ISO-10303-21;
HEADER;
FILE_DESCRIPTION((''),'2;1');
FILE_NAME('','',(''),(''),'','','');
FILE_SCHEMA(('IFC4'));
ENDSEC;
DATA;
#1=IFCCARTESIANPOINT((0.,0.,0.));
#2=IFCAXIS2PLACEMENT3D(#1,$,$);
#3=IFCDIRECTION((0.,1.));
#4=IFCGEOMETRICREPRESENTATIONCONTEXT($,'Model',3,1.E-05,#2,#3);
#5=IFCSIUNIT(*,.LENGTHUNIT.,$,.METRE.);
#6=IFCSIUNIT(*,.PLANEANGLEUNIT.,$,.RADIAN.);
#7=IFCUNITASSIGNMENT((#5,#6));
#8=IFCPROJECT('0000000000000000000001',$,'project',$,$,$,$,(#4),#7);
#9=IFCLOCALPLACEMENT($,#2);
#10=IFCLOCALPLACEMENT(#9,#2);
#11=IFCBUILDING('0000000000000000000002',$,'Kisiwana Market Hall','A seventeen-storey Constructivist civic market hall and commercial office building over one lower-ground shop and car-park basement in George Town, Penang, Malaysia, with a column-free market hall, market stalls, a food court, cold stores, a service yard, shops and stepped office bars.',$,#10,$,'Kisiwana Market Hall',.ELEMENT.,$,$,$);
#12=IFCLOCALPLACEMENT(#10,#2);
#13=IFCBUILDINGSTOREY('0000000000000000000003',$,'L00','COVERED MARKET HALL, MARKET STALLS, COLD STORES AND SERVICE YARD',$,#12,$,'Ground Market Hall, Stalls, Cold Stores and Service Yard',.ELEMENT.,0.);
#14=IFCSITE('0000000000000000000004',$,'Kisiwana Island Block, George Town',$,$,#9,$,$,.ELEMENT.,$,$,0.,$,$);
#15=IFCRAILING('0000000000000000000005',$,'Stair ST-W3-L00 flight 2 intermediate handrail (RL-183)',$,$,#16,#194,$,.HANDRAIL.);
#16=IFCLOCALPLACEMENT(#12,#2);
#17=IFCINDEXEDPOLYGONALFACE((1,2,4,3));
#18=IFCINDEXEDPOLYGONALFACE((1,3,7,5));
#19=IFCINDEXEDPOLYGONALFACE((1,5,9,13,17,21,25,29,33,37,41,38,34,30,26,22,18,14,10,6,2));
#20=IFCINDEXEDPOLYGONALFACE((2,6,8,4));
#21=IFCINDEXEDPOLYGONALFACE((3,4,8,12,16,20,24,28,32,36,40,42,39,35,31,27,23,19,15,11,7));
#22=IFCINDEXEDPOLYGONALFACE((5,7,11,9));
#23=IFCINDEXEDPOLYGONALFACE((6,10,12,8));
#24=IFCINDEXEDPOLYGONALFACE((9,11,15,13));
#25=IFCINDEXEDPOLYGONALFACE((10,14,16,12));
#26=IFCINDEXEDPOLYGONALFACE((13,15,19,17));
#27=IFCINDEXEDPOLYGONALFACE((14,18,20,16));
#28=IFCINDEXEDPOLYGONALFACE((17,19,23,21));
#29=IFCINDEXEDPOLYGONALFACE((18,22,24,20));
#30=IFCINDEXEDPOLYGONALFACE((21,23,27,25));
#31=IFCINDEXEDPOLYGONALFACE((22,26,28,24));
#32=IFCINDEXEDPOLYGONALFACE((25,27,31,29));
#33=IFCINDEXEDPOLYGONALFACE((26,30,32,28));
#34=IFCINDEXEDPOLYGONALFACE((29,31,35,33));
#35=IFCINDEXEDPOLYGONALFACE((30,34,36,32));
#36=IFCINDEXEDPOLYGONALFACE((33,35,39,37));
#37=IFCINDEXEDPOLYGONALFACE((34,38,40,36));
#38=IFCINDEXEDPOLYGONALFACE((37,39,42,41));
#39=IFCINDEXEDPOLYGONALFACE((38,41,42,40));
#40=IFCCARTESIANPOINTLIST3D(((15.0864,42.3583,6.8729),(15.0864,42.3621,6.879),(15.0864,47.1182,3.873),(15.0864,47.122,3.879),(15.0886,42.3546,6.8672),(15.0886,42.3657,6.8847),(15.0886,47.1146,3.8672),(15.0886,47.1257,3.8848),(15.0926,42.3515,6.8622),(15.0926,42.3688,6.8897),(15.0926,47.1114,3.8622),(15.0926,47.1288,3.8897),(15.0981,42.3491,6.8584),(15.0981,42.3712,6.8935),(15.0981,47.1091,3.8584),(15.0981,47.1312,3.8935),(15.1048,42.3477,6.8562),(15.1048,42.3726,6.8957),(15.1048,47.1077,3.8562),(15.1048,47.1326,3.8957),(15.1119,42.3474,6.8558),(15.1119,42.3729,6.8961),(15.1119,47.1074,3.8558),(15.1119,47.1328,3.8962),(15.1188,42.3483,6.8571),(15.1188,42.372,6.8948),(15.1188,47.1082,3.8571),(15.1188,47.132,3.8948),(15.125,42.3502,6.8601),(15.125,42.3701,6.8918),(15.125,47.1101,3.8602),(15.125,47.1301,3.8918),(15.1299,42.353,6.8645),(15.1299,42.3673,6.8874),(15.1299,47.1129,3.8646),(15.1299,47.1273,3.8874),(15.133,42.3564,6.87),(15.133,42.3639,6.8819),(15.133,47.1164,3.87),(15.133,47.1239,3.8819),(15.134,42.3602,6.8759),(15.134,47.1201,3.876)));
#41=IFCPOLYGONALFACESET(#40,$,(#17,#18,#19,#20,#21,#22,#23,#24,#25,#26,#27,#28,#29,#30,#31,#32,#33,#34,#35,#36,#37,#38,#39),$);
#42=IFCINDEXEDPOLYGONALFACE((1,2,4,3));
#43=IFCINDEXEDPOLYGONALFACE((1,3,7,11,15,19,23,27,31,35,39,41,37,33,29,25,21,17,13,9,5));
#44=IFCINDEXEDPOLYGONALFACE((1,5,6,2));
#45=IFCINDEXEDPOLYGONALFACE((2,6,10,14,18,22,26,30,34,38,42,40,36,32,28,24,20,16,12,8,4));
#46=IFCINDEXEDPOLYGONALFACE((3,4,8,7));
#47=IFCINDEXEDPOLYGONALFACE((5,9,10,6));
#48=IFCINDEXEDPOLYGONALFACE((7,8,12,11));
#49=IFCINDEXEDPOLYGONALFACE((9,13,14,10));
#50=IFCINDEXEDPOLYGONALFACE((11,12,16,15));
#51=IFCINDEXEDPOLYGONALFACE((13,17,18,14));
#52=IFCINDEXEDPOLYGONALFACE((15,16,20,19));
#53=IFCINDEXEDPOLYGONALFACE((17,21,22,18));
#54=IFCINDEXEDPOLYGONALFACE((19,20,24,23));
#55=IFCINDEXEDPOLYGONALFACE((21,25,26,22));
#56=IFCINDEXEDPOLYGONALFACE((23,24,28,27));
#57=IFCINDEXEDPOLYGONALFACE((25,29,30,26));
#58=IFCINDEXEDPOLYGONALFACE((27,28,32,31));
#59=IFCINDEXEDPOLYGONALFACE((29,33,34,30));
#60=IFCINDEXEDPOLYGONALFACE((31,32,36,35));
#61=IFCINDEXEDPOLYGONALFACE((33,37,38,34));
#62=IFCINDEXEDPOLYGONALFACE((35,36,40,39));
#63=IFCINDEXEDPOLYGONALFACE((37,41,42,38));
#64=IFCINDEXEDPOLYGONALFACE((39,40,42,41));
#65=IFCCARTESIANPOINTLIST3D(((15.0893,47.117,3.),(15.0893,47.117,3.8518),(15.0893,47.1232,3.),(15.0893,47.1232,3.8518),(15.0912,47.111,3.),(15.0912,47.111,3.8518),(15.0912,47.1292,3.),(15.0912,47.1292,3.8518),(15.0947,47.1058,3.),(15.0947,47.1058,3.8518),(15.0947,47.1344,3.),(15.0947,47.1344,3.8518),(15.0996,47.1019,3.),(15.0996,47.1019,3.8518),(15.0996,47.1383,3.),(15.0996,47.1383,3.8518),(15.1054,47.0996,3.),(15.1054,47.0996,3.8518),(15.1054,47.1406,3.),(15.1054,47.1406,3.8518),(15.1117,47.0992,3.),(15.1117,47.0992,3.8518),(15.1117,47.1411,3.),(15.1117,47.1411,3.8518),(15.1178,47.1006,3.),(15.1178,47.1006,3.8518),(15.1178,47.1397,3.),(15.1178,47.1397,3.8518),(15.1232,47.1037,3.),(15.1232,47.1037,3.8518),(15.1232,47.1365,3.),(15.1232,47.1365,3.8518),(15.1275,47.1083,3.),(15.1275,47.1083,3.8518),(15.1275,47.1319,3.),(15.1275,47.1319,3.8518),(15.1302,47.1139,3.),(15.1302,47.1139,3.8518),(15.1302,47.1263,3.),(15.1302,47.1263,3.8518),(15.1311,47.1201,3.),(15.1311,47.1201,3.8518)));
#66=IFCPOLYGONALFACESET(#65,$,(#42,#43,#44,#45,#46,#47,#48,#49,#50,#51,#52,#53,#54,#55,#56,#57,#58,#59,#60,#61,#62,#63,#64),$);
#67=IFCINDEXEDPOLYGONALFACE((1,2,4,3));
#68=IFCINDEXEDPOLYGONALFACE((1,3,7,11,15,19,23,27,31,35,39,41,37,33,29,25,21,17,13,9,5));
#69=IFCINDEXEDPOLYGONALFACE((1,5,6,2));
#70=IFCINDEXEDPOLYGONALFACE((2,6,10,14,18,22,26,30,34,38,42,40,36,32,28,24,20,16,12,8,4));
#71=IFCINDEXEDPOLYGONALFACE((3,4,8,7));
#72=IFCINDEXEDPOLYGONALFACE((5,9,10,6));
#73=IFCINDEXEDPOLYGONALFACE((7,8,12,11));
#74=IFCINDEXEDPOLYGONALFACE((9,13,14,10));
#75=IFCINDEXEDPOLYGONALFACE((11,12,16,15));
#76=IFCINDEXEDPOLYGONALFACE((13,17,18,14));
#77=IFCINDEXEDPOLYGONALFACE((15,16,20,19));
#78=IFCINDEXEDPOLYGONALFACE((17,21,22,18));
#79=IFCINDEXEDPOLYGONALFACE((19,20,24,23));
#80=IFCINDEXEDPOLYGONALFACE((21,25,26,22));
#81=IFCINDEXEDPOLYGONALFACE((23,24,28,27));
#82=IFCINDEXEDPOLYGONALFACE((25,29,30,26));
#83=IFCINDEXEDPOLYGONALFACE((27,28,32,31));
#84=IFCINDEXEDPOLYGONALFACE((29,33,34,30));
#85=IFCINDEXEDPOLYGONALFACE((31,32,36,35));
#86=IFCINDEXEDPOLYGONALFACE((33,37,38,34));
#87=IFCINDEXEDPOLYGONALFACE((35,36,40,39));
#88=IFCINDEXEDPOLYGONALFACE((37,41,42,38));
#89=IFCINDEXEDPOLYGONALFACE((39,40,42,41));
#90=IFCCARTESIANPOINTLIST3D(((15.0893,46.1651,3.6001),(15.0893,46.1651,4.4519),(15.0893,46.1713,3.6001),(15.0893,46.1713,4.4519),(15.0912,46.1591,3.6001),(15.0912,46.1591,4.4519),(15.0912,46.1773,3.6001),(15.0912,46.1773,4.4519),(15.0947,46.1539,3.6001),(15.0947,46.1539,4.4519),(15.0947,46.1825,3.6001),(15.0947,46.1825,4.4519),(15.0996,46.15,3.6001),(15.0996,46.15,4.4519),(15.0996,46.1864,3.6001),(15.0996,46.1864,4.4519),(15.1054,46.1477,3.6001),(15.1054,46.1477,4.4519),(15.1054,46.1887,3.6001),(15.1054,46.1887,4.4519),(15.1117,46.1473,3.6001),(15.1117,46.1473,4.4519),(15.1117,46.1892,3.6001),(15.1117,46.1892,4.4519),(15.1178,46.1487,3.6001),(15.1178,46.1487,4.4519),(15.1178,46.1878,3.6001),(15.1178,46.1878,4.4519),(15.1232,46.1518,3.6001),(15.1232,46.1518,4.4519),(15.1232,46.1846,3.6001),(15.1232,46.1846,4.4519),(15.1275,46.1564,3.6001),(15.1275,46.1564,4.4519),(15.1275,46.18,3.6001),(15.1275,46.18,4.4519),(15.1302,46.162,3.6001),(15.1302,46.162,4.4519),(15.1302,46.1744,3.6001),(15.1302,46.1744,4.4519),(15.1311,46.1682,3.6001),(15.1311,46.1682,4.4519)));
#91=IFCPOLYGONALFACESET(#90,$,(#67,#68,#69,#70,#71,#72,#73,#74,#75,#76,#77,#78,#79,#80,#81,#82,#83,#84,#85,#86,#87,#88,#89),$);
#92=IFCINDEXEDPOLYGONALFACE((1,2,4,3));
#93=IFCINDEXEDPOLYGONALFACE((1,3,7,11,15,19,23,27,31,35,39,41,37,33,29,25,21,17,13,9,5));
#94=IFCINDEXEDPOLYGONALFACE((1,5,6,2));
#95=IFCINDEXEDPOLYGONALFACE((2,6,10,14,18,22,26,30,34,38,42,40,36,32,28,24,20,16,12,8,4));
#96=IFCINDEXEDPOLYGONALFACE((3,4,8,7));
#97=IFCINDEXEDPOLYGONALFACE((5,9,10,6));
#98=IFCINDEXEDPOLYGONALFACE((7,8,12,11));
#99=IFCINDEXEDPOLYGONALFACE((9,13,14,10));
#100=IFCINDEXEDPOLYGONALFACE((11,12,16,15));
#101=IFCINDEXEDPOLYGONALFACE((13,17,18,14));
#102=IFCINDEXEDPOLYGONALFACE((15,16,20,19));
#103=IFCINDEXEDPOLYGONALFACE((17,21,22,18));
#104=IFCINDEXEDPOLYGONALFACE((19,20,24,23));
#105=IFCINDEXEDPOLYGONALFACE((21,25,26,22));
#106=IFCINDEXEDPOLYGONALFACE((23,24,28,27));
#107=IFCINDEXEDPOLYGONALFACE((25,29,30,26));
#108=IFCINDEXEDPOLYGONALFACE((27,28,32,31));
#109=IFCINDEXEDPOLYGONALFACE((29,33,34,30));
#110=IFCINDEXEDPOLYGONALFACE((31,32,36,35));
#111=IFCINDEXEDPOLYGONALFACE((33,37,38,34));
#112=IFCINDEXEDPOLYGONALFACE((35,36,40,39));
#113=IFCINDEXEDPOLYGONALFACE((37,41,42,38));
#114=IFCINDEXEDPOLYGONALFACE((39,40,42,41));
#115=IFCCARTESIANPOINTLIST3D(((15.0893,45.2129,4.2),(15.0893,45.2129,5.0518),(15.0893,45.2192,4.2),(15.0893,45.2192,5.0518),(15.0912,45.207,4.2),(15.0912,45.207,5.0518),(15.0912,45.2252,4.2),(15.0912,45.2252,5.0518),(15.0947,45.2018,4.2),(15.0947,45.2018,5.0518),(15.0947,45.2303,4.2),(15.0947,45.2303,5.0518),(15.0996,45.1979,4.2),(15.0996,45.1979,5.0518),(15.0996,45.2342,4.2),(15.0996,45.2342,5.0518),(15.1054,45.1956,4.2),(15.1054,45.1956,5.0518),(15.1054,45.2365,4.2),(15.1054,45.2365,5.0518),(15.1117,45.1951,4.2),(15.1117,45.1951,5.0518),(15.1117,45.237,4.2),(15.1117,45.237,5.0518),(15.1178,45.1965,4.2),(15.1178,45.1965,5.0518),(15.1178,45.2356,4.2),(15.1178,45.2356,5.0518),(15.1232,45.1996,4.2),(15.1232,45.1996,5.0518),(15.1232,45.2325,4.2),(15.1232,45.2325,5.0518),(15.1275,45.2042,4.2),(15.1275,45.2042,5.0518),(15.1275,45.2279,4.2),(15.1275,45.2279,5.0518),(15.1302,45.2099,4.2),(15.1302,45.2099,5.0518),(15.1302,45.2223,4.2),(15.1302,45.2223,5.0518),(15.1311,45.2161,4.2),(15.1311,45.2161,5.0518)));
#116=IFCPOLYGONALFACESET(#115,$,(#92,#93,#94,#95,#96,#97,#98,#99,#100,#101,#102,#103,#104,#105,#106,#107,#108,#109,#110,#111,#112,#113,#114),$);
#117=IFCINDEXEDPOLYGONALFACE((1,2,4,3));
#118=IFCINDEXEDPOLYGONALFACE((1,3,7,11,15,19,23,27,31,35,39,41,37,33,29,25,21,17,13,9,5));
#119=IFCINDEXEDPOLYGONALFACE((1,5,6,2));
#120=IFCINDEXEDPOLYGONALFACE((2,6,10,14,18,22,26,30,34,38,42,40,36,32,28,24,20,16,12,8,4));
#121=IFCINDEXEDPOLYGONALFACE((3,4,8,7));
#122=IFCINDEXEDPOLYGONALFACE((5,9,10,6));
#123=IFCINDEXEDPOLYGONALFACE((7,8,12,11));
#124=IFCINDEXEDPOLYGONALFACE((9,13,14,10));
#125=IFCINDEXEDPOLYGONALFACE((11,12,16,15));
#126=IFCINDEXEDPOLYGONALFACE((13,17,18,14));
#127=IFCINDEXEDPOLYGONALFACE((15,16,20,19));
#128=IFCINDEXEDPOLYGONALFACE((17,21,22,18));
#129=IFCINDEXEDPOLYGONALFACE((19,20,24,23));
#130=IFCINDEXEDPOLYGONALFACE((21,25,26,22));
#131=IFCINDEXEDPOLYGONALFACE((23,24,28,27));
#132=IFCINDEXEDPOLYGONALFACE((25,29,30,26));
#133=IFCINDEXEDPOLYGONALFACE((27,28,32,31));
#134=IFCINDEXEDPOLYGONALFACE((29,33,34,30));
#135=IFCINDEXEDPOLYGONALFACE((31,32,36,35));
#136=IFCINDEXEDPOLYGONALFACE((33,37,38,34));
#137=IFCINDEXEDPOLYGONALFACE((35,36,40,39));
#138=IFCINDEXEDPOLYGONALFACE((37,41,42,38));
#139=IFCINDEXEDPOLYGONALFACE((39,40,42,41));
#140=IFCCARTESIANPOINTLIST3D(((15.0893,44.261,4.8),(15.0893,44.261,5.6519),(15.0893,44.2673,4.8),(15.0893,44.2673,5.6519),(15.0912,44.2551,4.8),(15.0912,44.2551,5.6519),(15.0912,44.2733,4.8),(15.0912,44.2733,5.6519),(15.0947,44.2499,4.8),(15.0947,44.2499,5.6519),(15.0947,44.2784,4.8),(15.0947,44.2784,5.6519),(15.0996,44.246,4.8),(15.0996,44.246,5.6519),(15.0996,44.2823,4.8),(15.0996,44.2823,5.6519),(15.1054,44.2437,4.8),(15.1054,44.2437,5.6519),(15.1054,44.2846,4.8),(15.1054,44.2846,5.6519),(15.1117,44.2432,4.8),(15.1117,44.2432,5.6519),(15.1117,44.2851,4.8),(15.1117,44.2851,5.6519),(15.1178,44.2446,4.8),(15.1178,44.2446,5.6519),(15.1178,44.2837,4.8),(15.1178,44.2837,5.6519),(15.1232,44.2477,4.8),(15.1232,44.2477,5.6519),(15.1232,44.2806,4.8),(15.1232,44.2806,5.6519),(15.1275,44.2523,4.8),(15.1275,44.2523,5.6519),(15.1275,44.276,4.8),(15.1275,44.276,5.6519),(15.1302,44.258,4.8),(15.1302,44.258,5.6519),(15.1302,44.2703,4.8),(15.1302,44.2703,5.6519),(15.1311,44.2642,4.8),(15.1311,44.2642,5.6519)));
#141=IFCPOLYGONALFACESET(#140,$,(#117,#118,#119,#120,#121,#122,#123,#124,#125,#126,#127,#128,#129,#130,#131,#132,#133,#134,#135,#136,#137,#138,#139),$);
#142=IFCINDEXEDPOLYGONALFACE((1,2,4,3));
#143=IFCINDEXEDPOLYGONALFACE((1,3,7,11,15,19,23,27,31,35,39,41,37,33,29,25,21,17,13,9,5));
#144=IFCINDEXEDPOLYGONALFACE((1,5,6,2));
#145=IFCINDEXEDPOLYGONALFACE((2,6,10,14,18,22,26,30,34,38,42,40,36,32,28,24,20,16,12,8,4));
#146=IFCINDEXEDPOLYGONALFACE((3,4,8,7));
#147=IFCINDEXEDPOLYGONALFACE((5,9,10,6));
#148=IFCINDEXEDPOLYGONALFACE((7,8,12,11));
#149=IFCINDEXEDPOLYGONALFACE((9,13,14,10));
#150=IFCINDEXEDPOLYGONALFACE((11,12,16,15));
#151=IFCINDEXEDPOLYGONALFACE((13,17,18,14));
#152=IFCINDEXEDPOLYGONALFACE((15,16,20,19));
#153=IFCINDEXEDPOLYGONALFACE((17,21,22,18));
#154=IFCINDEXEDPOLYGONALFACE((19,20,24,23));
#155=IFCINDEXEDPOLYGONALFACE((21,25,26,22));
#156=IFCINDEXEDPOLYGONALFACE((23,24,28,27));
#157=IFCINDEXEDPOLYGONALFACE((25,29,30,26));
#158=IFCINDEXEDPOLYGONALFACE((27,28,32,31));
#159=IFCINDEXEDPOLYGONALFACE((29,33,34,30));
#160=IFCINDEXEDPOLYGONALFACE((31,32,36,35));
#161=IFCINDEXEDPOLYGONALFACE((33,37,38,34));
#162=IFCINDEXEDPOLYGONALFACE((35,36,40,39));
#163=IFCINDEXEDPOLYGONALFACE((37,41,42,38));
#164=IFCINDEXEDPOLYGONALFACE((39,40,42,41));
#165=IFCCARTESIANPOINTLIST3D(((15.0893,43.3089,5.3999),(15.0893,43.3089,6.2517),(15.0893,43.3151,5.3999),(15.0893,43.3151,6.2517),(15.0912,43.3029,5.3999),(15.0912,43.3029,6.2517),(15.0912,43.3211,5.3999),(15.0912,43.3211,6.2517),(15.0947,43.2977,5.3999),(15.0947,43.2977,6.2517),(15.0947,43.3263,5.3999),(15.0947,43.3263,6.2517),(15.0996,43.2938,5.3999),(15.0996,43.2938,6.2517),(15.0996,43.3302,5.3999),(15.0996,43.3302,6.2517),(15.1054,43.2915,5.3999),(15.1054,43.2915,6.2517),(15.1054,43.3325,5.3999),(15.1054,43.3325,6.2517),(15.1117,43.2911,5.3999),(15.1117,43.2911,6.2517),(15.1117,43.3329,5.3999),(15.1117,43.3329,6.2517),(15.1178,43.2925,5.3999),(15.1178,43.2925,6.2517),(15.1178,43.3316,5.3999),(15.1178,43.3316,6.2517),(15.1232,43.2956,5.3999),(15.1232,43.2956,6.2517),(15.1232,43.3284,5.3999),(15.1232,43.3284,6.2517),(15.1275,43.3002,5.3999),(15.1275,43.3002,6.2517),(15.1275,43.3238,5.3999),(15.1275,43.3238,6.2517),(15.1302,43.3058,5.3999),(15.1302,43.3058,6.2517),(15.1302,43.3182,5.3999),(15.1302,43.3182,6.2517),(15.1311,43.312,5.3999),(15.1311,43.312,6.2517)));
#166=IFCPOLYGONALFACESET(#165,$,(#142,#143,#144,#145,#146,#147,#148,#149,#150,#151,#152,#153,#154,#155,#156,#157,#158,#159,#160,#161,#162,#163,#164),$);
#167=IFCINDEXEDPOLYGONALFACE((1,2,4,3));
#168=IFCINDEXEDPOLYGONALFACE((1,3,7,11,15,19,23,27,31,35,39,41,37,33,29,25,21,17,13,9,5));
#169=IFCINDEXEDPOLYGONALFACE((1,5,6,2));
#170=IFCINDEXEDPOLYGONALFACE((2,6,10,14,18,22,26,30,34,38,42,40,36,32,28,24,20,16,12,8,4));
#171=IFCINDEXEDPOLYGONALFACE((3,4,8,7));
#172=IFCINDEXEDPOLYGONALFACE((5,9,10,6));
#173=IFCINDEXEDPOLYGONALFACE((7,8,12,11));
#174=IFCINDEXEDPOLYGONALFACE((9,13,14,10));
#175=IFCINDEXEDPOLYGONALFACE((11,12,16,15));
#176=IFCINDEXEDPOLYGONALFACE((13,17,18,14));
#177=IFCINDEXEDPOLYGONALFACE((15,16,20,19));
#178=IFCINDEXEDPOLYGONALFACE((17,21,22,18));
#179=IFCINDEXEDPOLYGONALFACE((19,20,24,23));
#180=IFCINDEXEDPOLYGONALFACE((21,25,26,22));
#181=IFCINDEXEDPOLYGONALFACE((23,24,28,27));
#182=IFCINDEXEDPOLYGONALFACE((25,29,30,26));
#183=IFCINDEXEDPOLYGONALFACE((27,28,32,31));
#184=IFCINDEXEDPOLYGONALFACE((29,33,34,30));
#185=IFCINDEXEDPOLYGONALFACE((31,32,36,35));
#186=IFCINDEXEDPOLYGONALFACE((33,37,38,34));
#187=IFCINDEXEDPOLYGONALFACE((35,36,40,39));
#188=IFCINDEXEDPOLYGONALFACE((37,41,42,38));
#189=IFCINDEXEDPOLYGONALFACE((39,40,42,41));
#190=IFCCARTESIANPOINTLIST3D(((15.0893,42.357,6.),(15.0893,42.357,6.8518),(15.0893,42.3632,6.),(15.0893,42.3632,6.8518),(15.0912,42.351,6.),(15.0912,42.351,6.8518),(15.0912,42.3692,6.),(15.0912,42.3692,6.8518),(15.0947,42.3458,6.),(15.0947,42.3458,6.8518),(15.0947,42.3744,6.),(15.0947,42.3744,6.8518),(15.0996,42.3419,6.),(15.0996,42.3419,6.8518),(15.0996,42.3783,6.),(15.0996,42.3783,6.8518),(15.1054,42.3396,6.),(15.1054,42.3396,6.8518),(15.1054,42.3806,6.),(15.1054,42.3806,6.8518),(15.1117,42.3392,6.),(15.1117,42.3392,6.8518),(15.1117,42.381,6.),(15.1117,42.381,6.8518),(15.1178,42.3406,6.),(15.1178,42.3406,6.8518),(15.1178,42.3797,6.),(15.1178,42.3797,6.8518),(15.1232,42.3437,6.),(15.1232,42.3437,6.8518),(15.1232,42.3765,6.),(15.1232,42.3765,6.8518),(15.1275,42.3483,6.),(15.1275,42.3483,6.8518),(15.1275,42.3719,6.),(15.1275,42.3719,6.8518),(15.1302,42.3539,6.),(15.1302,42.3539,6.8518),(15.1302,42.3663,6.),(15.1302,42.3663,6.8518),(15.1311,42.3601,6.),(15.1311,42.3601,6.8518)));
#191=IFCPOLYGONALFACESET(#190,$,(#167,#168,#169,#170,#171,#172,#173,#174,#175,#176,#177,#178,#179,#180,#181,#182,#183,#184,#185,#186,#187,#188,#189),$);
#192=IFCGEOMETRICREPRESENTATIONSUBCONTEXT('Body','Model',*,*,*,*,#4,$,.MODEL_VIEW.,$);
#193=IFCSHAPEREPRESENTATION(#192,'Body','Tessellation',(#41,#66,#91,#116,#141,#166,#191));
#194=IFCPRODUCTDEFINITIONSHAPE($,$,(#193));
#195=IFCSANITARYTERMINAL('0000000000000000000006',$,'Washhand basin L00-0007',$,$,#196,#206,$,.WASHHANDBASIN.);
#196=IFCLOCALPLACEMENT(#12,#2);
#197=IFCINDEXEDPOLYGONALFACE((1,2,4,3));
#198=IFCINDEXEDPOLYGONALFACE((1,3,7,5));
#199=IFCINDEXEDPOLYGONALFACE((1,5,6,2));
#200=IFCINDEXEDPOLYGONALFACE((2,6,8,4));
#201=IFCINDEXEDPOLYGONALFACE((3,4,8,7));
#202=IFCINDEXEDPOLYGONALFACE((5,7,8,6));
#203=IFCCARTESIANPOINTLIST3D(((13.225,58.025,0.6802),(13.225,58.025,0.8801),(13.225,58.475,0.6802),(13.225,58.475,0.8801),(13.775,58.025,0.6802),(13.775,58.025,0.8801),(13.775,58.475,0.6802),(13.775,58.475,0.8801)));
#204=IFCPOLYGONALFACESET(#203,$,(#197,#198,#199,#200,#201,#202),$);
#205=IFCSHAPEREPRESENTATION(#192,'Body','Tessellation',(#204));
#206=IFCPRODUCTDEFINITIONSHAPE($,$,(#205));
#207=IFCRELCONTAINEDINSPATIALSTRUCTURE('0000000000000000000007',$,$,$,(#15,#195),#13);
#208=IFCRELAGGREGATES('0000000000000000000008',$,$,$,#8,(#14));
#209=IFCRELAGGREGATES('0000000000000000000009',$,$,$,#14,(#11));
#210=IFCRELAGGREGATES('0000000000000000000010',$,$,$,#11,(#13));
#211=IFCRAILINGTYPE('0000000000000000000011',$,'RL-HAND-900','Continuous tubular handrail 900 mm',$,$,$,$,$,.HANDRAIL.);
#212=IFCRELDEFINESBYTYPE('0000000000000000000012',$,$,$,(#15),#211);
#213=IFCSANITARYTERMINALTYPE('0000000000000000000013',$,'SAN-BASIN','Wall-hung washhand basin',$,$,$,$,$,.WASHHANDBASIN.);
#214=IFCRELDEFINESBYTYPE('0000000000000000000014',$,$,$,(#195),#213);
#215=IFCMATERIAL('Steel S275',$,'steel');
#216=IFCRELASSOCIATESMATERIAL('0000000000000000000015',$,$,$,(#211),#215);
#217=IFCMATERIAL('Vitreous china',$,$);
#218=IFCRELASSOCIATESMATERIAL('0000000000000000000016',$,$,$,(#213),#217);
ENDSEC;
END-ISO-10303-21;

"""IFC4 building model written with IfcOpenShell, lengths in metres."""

from ifc_helpers import new_model, si_unit, direction, frame, origin, origin_2d, place, context, subcontext, project, spatial, rectangle, circle, extrude, material, type_object, element, save


model = new_model("IFC4")

# Units and contexts
model_context = context("Model", 3, precision=1e-05, world=origin(), true_north=direction((0.0, 1.0)))
body_context = subcontext(model_context, "Body", "Model", "MODEL_VIEW")
ifc_project = project(units=[si_unit("LENGTHUNIT", "METRE"), si_unit("PLANEANGLEUNIT", "RADIAN")], contexts=[model_context])

# Site, building, storey
site_placement = place(None, origin())
site = spatial("IfcSite", under=ifc_project, at=site_placement, Name="Kisiwana Island Block, George Town", CompositionType="ELEMENT", RefElevation=0.0)
building_placement = place(site_placement, origin())
building = spatial("IfcBuilding", under=site, at=building_placement, Name="Kisiwana Market Hall", Description="A seventeen-storey Constructivist civic market hall and commercial office building over one lower-ground shop and car-park basement in George Town, Penang, Malaysia, with a column-free market hall, market stalls, a food court, cold stores, a service yard, shops and stepped office bars.", LongName="Kisiwana Market Hall", CompositionType="ELEMENT")
storey_placement = place(building_placement, origin())
storey = spatial("IfcBuildingStorey", under=building, at=storey_placement, Name="L00", Description="COVERED MARKET HALL, MARKET STALLS, COLD STORES AND SERVICE YARD", LongName="Ground Market Hall, Stalls, Cold Stores and Service Yard", CompositionType="ELEMENT", Elevation=0.0)

# Railing
ifc_material_1 = material(Name="Steel S275", Category="steel")
railing_type_1 = type_object("IfcRailingType", Name="RL-HAND-900", Description="Continuous tubular handrail 900 mm", PredefinedType="HANDRAIL", material=ifc_material_1)
railing_1_placement = place(storey_placement, frame((15.1101, 47.1201, 3.0)))
element("IfcRailing", 1, at=railing_1_placement, inside=storey, type_object=railing_type_1, Name="Stair ST-W3-L00 flight 2 intermediate handrail (RL-183)", PredefinedType="HANDRAIL", context=body_context, shape_type="SweptSolid", body=[
    extrude(circle(Radius=0.0239, at=origin_2d()), frame((0.0, 0.0, 0.876), z_axis=(0.0, -0.845996, 0.53319), x_axis=(1.0, 0.0, 0.0)), (0.0, 0.0, 1.0), 5.6265),
    extrude(circle(Radius=0.021, at=origin_2d()), origin(), (0.0, 0.0, 1.0), 0.8518),
    extrude(circle(Radius=0.021, at=origin_2d()), frame((0.0, -0.9519, 0.6001)), (0.0, 0.0, 1.0), 0.8518),
    extrude(circle(Radius=0.021, at=origin_2d()), frame((0.0, -1.9041, 1.2)), (0.0, 0.0, 1.0), 0.8518),
    extrude(circle(Radius=0.021, at=origin_2d()), frame((0.0, -2.856, 1.8)), (0.0, 0.0, 1.0), 0.8518),
    extrude(circle(Radius=0.021, at=origin_2d()), frame((0.0, -3.8081, 2.3999)), (0.0, 0.0, 1.0), 0.8518),
    extrude(circle(Radius=0.021, at=origin_2d()), frame((0.0, -4.76, 3.0)), (0.0, 0.0, 1.0), 0.8518),
])

# Sanitary terminal
ifc_material_2 = material(Name="Vitreous china")
sanitary_terminal_type_1 = type_object("IfcSanitaryTerminalType", Name="SAN-BASIN", Description="Wall-hung washhand basin", PredefinedType="WASHHANDBASIN", material=ifc_material_2)
sanitary_terminal_placement = place(storey_placement, frame((13.5, 58.25, 0.6802), z_axis=(0.0, 0.0, 1.0), x_axis=(1.0, 0.0, 0.0)))
element("IfcSanitaryTerminal", 2, at=sanitary_terminal_placement, inside=storey, type_object=sanitary_terminal_type_1, Name="Washhand basin L00-0007", PredefinedType="WASHHANDBASIN", context=body_context, shape_type="SweptSolid", body=[
    extrude(rectangle(XDim=0.55, YDim=0.45, at=origin_2d()), origin(), (0.0, 0.0, 1.0), 0.2),
])

save(model, "model.ifc")
